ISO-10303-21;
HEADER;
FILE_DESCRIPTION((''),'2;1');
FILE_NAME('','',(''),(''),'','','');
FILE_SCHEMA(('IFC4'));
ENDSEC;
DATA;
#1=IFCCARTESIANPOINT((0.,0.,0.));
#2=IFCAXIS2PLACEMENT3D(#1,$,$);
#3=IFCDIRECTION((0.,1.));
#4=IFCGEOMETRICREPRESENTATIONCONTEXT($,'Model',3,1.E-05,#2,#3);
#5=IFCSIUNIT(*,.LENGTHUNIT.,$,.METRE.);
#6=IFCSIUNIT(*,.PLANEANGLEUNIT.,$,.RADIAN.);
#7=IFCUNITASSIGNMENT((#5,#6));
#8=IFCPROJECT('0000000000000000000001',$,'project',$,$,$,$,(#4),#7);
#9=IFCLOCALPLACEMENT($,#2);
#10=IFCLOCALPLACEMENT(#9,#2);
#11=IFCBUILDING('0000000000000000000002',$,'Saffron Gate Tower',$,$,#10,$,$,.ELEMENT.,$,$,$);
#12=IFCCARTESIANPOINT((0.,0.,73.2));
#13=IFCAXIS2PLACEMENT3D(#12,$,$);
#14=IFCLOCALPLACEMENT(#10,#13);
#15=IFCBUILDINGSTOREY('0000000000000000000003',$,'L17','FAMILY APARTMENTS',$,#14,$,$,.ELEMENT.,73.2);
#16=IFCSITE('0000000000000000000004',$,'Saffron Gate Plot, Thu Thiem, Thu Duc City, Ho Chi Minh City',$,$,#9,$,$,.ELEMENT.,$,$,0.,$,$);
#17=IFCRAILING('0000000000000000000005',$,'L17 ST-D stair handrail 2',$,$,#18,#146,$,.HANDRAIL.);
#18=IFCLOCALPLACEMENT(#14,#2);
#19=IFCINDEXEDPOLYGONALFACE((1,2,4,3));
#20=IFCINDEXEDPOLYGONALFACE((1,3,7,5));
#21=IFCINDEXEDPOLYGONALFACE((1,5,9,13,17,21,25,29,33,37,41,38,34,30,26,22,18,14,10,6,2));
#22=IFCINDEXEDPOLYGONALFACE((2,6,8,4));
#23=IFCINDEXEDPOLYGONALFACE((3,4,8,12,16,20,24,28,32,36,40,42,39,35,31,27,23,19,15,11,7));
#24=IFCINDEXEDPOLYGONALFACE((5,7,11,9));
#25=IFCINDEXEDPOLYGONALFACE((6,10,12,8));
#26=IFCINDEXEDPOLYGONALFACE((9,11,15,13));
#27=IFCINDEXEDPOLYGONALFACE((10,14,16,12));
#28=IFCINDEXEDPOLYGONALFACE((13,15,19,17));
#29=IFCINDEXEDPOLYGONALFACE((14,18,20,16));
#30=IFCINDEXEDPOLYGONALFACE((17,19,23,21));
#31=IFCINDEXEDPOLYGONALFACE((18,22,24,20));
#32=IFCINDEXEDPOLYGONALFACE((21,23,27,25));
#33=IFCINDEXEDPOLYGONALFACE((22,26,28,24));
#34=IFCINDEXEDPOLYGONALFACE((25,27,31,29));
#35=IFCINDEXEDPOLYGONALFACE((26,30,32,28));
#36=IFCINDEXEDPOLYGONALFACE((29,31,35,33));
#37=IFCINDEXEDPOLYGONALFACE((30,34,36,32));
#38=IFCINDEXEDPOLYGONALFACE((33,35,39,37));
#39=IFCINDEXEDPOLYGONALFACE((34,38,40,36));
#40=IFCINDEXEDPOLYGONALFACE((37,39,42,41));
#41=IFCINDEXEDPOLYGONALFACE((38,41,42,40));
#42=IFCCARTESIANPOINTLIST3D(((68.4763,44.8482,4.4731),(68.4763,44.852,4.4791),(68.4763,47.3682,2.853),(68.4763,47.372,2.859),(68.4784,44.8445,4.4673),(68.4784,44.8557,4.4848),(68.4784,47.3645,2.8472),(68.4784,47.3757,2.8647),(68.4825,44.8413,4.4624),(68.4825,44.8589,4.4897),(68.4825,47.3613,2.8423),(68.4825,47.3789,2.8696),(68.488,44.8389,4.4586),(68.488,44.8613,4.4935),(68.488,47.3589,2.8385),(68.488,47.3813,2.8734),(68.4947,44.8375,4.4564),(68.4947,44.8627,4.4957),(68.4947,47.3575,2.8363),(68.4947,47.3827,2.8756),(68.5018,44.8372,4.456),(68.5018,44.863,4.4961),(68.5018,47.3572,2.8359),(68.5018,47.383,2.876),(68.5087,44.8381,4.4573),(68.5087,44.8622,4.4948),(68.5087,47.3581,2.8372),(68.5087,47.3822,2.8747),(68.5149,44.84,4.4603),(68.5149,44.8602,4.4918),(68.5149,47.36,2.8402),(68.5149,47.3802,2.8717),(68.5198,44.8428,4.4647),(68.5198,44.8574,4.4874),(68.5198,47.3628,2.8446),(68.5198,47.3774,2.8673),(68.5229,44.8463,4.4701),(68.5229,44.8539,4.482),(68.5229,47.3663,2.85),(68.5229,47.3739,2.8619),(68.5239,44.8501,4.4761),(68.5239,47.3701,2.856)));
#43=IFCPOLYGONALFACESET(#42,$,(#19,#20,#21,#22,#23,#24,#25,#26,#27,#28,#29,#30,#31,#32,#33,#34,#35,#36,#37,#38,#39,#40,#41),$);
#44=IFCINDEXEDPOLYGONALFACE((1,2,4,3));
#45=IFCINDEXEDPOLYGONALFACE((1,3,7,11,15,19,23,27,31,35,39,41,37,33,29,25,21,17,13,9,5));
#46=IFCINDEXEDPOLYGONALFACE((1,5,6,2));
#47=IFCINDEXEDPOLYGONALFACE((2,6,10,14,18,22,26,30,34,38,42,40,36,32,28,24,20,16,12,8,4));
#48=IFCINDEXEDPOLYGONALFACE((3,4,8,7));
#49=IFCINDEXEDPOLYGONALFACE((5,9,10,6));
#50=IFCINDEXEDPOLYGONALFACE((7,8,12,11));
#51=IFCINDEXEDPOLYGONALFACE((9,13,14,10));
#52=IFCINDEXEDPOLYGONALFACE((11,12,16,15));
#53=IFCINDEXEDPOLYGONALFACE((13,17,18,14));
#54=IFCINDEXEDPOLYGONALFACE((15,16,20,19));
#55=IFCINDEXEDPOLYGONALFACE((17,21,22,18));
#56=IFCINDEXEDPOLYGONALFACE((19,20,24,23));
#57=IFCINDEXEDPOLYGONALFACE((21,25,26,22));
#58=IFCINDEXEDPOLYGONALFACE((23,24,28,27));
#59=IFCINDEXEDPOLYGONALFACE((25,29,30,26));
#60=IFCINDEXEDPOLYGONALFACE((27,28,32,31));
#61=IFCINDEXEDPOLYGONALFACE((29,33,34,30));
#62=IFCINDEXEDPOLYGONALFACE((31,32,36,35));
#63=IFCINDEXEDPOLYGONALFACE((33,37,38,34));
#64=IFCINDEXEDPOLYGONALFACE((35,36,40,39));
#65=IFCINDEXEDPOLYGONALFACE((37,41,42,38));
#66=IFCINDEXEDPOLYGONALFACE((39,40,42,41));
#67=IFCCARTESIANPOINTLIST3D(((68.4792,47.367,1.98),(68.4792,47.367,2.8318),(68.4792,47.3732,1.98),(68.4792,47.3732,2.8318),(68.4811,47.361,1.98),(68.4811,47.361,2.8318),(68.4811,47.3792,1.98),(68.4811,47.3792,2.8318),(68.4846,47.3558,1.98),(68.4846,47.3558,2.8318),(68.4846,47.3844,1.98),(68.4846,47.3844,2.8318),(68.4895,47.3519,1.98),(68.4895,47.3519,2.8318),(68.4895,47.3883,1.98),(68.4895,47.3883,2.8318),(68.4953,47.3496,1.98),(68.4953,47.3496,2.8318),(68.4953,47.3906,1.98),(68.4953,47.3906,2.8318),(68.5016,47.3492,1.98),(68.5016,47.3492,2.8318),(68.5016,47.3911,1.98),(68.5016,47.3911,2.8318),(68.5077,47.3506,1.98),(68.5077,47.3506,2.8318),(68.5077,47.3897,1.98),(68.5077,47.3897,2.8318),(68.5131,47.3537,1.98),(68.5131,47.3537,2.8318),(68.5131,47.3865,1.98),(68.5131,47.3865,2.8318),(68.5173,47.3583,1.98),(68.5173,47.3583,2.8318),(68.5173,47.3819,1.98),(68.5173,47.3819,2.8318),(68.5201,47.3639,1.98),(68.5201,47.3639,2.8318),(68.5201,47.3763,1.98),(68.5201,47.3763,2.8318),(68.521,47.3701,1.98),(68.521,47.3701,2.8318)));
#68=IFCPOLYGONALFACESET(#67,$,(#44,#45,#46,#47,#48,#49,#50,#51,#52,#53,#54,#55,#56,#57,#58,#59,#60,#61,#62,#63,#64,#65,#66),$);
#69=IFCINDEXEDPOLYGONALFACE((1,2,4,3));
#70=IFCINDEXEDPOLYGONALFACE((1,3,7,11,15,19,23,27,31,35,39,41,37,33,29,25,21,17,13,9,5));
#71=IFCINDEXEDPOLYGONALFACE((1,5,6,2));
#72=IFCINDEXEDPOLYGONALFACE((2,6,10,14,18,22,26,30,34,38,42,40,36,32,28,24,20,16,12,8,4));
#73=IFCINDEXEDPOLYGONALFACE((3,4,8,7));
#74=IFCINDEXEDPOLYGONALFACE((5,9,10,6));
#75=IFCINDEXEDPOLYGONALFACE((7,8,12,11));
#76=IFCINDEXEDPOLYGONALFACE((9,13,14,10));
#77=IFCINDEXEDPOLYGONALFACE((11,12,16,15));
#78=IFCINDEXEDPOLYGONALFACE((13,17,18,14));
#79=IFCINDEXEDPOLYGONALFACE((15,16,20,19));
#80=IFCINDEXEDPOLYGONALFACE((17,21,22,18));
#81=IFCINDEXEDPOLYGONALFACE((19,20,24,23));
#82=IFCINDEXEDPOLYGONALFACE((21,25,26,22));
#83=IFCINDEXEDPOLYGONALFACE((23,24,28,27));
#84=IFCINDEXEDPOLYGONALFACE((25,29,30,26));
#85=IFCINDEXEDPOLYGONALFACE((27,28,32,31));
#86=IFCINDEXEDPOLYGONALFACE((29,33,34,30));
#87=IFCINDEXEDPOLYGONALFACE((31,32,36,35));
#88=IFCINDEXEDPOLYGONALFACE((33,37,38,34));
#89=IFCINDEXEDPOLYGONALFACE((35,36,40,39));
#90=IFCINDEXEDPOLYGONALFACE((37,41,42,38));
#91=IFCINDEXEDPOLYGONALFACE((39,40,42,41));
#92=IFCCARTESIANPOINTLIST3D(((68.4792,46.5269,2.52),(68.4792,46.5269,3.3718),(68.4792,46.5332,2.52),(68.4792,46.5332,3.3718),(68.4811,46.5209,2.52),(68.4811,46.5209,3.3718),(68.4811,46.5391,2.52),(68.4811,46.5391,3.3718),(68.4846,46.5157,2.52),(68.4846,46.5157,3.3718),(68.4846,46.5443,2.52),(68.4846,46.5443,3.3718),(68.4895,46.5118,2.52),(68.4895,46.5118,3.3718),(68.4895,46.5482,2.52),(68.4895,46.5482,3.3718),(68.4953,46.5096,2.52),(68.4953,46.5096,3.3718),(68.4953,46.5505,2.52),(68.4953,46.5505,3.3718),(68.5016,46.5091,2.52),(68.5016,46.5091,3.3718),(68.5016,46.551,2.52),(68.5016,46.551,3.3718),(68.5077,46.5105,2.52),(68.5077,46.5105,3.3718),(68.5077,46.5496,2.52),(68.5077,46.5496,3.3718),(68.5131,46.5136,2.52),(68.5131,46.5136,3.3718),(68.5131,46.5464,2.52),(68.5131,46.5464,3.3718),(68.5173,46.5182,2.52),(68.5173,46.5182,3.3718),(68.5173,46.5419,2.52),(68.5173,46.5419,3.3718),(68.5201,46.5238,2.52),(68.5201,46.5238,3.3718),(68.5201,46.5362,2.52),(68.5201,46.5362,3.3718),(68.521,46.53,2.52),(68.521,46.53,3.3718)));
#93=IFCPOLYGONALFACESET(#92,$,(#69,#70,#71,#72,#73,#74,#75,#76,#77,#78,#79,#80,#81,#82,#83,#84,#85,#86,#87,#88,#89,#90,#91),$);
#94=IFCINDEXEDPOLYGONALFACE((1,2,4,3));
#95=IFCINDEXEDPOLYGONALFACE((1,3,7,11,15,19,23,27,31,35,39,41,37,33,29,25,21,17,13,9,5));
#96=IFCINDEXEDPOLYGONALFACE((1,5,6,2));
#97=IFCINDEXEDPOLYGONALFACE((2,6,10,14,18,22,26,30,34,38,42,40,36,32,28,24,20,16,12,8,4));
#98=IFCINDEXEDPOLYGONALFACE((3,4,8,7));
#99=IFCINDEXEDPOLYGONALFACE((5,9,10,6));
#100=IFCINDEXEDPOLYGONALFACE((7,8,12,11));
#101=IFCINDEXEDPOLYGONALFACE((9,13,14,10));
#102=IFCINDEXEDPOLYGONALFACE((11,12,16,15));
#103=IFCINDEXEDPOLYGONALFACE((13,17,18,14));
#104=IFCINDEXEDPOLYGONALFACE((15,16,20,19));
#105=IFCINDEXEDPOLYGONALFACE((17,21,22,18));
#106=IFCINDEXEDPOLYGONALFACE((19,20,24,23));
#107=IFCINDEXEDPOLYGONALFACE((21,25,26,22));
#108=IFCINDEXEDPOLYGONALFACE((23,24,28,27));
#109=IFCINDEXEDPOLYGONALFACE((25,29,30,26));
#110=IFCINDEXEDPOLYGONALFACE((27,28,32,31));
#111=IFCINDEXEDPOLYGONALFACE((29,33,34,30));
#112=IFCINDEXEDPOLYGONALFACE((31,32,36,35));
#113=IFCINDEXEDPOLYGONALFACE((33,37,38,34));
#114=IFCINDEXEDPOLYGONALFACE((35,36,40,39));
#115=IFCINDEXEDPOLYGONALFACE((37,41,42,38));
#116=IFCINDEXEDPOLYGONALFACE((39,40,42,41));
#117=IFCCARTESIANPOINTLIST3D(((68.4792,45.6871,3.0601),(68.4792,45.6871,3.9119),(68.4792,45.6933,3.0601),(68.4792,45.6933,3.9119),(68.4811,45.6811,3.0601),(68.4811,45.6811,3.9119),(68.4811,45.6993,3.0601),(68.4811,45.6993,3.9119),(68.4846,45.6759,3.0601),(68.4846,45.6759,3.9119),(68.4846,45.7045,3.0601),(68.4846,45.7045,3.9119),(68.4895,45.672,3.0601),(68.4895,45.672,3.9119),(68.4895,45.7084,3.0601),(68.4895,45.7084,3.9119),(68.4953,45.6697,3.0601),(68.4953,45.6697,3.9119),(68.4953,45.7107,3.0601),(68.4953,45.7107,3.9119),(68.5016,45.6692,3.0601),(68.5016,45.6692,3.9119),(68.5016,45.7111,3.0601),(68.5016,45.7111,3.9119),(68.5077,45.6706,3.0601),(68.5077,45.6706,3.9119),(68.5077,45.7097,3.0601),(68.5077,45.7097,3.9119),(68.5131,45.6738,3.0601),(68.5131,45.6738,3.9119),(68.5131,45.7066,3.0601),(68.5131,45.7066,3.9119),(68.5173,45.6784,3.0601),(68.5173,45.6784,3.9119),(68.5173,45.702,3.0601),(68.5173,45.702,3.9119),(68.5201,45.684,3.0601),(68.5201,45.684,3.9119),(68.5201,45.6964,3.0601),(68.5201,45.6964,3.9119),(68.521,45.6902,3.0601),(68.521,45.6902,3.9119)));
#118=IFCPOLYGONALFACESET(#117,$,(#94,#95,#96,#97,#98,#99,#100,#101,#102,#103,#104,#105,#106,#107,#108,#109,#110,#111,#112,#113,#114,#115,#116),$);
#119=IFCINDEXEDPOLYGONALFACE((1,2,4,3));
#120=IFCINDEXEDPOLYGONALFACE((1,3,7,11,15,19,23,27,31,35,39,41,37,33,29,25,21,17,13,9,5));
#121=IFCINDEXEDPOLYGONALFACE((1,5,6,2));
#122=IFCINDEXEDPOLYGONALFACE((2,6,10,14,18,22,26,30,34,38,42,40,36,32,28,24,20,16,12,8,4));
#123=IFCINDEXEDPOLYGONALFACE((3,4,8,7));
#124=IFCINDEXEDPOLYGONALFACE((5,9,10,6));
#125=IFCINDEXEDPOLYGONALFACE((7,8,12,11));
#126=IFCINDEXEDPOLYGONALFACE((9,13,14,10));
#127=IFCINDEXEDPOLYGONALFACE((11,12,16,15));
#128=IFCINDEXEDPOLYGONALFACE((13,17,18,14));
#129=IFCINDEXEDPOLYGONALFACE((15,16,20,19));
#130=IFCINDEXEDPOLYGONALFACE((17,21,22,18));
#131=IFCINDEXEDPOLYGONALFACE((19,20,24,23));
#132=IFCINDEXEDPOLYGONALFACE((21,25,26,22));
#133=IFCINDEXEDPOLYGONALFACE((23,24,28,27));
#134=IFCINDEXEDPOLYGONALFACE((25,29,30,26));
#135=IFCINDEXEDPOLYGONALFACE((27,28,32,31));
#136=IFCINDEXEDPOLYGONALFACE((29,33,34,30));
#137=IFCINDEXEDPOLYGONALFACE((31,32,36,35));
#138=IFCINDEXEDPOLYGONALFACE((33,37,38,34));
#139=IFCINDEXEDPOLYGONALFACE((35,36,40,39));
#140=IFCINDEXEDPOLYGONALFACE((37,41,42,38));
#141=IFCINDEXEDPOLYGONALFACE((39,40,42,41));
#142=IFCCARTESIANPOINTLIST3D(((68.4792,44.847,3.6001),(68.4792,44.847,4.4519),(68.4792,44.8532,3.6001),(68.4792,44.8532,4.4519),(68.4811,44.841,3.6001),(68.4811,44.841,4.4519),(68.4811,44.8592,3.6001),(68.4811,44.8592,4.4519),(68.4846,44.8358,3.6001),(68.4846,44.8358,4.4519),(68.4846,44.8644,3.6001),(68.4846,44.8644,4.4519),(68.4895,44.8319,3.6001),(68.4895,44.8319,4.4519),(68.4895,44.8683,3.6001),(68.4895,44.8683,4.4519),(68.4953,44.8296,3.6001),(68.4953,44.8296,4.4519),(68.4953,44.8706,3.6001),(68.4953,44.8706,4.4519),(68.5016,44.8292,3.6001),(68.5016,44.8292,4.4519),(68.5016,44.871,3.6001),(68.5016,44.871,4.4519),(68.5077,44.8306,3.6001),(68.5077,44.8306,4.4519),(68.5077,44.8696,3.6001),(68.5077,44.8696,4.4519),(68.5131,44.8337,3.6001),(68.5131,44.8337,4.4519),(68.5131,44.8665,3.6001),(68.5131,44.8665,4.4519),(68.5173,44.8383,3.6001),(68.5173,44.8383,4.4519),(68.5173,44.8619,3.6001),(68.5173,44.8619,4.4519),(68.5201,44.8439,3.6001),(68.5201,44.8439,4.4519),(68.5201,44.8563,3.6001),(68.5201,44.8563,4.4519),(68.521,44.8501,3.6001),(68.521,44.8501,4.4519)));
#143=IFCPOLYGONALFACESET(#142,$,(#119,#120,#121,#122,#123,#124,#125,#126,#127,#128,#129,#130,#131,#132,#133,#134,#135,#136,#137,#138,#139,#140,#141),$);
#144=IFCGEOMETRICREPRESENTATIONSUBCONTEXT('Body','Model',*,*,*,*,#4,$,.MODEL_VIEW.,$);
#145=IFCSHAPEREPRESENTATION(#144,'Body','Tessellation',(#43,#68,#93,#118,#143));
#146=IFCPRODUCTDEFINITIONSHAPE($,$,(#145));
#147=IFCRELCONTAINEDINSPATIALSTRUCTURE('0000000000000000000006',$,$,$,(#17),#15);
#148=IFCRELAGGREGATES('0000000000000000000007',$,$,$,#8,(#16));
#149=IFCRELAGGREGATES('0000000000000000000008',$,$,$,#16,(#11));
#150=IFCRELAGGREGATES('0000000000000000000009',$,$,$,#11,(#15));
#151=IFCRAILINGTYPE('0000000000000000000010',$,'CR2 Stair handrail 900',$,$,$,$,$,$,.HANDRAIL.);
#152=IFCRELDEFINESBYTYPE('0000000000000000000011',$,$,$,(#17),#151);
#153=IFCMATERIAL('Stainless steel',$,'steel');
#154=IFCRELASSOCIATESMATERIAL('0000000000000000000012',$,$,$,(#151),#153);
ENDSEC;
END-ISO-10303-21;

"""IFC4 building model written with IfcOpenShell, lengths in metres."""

from ifc_helpers import new_model, si_unit, direction, frame, origin, origin_2d, place, context, subcontext, project, spatial, circle, extrude, material, type_object, element, save


model = new_model("IFC4")

# Units and contexts
model_context = context("Model", 3, precision=1e-05, world=origin(), true_north=direction((0.0, 1.0)))
body_context = subcontext(model_context, "Body", "Model", "MODEL_VIEW")
ifc_project = project(units=[si_unit("LENGTHUNIT", "METRE"), si_unit("PLANEANGLEUNIT", "RADIAN")], contexts=[model_context])

# Site, building, storey
site_placement = place(None, origin())
site = spatial("IfcSite", under=ifc_project, at=site_placement, Name="Saffron Gate Plot, Thu Thiem, Thu Duc City, Ho Chi Minh City", CompositionType="ELEMENT", RefElevation=0.0)
building_placement = place(site_placement, origin())
building = spatial("IfcBuilding", under=site, at=building_placement, Name="Saffron Gate Tower", CompositionType="ELEMENT")
storey_placement = place(building_placement, frame((0.0, 0.0, 73.2)))
storey = spatial("IfcBuildingStorey", under=building, at=storey_placement, Name="L17", Description="FAMILY APARTMENTS", CompositionType="ELEMENT", Elevation=73.2)

# Railing
ifc_material_1 = material(Name="Stainless steel", Category="steel")
railing_type_1 = type_object("IfcRailingType", Name="CR2 Stair handrail 900", PredefinedType="HANDRAIL", material=ifc_material_1)
railing_1_placement = place(storey_placement, frame((68.5, 47.3701, 1.98)))
element("IfcRailing", 1, at=railing_1_placement, inside=storey, type_object=railing_type_1, Name="L17 ST-D stair handrail 2", PredefinedType="HANDRAIL", context=body_context, shape_type="SweptSolid", body=[
    extrude(circle(Radius=0.0239, at=origin_2d()), frame((0.0, 0.0, 0.876), z_axis=(0.0, -0.841163, 0.540782), x_axis=(1.0, 0.0, 0.0)), (0.0, 0.0, 1.0), 2.9958),
    extrude(circle(Radius=0.021, at=origin_2d()), origin(), (0.0, 0.0, 1.0), 0.8518),
    extrude(circle(Radius=0.021, at=origin_2d()), frame((0.0, -0.8401, 0.54)), (0.0, 0.0, 1.0), 0.8518),
    extrude(circle(Radius=0.021, at=origin_2d()), frame((0.0, -1.6799, 1.0801)), (0.0, 0.0, 1.0), 0.8518),
    extrude(circle(Radius=0.021, at=origin_2d()), frame((0.0, -2.52, 1.6201)), (0.0, 0.0, 1.0), 0.8518),
])

save(model, "model.ifc")
